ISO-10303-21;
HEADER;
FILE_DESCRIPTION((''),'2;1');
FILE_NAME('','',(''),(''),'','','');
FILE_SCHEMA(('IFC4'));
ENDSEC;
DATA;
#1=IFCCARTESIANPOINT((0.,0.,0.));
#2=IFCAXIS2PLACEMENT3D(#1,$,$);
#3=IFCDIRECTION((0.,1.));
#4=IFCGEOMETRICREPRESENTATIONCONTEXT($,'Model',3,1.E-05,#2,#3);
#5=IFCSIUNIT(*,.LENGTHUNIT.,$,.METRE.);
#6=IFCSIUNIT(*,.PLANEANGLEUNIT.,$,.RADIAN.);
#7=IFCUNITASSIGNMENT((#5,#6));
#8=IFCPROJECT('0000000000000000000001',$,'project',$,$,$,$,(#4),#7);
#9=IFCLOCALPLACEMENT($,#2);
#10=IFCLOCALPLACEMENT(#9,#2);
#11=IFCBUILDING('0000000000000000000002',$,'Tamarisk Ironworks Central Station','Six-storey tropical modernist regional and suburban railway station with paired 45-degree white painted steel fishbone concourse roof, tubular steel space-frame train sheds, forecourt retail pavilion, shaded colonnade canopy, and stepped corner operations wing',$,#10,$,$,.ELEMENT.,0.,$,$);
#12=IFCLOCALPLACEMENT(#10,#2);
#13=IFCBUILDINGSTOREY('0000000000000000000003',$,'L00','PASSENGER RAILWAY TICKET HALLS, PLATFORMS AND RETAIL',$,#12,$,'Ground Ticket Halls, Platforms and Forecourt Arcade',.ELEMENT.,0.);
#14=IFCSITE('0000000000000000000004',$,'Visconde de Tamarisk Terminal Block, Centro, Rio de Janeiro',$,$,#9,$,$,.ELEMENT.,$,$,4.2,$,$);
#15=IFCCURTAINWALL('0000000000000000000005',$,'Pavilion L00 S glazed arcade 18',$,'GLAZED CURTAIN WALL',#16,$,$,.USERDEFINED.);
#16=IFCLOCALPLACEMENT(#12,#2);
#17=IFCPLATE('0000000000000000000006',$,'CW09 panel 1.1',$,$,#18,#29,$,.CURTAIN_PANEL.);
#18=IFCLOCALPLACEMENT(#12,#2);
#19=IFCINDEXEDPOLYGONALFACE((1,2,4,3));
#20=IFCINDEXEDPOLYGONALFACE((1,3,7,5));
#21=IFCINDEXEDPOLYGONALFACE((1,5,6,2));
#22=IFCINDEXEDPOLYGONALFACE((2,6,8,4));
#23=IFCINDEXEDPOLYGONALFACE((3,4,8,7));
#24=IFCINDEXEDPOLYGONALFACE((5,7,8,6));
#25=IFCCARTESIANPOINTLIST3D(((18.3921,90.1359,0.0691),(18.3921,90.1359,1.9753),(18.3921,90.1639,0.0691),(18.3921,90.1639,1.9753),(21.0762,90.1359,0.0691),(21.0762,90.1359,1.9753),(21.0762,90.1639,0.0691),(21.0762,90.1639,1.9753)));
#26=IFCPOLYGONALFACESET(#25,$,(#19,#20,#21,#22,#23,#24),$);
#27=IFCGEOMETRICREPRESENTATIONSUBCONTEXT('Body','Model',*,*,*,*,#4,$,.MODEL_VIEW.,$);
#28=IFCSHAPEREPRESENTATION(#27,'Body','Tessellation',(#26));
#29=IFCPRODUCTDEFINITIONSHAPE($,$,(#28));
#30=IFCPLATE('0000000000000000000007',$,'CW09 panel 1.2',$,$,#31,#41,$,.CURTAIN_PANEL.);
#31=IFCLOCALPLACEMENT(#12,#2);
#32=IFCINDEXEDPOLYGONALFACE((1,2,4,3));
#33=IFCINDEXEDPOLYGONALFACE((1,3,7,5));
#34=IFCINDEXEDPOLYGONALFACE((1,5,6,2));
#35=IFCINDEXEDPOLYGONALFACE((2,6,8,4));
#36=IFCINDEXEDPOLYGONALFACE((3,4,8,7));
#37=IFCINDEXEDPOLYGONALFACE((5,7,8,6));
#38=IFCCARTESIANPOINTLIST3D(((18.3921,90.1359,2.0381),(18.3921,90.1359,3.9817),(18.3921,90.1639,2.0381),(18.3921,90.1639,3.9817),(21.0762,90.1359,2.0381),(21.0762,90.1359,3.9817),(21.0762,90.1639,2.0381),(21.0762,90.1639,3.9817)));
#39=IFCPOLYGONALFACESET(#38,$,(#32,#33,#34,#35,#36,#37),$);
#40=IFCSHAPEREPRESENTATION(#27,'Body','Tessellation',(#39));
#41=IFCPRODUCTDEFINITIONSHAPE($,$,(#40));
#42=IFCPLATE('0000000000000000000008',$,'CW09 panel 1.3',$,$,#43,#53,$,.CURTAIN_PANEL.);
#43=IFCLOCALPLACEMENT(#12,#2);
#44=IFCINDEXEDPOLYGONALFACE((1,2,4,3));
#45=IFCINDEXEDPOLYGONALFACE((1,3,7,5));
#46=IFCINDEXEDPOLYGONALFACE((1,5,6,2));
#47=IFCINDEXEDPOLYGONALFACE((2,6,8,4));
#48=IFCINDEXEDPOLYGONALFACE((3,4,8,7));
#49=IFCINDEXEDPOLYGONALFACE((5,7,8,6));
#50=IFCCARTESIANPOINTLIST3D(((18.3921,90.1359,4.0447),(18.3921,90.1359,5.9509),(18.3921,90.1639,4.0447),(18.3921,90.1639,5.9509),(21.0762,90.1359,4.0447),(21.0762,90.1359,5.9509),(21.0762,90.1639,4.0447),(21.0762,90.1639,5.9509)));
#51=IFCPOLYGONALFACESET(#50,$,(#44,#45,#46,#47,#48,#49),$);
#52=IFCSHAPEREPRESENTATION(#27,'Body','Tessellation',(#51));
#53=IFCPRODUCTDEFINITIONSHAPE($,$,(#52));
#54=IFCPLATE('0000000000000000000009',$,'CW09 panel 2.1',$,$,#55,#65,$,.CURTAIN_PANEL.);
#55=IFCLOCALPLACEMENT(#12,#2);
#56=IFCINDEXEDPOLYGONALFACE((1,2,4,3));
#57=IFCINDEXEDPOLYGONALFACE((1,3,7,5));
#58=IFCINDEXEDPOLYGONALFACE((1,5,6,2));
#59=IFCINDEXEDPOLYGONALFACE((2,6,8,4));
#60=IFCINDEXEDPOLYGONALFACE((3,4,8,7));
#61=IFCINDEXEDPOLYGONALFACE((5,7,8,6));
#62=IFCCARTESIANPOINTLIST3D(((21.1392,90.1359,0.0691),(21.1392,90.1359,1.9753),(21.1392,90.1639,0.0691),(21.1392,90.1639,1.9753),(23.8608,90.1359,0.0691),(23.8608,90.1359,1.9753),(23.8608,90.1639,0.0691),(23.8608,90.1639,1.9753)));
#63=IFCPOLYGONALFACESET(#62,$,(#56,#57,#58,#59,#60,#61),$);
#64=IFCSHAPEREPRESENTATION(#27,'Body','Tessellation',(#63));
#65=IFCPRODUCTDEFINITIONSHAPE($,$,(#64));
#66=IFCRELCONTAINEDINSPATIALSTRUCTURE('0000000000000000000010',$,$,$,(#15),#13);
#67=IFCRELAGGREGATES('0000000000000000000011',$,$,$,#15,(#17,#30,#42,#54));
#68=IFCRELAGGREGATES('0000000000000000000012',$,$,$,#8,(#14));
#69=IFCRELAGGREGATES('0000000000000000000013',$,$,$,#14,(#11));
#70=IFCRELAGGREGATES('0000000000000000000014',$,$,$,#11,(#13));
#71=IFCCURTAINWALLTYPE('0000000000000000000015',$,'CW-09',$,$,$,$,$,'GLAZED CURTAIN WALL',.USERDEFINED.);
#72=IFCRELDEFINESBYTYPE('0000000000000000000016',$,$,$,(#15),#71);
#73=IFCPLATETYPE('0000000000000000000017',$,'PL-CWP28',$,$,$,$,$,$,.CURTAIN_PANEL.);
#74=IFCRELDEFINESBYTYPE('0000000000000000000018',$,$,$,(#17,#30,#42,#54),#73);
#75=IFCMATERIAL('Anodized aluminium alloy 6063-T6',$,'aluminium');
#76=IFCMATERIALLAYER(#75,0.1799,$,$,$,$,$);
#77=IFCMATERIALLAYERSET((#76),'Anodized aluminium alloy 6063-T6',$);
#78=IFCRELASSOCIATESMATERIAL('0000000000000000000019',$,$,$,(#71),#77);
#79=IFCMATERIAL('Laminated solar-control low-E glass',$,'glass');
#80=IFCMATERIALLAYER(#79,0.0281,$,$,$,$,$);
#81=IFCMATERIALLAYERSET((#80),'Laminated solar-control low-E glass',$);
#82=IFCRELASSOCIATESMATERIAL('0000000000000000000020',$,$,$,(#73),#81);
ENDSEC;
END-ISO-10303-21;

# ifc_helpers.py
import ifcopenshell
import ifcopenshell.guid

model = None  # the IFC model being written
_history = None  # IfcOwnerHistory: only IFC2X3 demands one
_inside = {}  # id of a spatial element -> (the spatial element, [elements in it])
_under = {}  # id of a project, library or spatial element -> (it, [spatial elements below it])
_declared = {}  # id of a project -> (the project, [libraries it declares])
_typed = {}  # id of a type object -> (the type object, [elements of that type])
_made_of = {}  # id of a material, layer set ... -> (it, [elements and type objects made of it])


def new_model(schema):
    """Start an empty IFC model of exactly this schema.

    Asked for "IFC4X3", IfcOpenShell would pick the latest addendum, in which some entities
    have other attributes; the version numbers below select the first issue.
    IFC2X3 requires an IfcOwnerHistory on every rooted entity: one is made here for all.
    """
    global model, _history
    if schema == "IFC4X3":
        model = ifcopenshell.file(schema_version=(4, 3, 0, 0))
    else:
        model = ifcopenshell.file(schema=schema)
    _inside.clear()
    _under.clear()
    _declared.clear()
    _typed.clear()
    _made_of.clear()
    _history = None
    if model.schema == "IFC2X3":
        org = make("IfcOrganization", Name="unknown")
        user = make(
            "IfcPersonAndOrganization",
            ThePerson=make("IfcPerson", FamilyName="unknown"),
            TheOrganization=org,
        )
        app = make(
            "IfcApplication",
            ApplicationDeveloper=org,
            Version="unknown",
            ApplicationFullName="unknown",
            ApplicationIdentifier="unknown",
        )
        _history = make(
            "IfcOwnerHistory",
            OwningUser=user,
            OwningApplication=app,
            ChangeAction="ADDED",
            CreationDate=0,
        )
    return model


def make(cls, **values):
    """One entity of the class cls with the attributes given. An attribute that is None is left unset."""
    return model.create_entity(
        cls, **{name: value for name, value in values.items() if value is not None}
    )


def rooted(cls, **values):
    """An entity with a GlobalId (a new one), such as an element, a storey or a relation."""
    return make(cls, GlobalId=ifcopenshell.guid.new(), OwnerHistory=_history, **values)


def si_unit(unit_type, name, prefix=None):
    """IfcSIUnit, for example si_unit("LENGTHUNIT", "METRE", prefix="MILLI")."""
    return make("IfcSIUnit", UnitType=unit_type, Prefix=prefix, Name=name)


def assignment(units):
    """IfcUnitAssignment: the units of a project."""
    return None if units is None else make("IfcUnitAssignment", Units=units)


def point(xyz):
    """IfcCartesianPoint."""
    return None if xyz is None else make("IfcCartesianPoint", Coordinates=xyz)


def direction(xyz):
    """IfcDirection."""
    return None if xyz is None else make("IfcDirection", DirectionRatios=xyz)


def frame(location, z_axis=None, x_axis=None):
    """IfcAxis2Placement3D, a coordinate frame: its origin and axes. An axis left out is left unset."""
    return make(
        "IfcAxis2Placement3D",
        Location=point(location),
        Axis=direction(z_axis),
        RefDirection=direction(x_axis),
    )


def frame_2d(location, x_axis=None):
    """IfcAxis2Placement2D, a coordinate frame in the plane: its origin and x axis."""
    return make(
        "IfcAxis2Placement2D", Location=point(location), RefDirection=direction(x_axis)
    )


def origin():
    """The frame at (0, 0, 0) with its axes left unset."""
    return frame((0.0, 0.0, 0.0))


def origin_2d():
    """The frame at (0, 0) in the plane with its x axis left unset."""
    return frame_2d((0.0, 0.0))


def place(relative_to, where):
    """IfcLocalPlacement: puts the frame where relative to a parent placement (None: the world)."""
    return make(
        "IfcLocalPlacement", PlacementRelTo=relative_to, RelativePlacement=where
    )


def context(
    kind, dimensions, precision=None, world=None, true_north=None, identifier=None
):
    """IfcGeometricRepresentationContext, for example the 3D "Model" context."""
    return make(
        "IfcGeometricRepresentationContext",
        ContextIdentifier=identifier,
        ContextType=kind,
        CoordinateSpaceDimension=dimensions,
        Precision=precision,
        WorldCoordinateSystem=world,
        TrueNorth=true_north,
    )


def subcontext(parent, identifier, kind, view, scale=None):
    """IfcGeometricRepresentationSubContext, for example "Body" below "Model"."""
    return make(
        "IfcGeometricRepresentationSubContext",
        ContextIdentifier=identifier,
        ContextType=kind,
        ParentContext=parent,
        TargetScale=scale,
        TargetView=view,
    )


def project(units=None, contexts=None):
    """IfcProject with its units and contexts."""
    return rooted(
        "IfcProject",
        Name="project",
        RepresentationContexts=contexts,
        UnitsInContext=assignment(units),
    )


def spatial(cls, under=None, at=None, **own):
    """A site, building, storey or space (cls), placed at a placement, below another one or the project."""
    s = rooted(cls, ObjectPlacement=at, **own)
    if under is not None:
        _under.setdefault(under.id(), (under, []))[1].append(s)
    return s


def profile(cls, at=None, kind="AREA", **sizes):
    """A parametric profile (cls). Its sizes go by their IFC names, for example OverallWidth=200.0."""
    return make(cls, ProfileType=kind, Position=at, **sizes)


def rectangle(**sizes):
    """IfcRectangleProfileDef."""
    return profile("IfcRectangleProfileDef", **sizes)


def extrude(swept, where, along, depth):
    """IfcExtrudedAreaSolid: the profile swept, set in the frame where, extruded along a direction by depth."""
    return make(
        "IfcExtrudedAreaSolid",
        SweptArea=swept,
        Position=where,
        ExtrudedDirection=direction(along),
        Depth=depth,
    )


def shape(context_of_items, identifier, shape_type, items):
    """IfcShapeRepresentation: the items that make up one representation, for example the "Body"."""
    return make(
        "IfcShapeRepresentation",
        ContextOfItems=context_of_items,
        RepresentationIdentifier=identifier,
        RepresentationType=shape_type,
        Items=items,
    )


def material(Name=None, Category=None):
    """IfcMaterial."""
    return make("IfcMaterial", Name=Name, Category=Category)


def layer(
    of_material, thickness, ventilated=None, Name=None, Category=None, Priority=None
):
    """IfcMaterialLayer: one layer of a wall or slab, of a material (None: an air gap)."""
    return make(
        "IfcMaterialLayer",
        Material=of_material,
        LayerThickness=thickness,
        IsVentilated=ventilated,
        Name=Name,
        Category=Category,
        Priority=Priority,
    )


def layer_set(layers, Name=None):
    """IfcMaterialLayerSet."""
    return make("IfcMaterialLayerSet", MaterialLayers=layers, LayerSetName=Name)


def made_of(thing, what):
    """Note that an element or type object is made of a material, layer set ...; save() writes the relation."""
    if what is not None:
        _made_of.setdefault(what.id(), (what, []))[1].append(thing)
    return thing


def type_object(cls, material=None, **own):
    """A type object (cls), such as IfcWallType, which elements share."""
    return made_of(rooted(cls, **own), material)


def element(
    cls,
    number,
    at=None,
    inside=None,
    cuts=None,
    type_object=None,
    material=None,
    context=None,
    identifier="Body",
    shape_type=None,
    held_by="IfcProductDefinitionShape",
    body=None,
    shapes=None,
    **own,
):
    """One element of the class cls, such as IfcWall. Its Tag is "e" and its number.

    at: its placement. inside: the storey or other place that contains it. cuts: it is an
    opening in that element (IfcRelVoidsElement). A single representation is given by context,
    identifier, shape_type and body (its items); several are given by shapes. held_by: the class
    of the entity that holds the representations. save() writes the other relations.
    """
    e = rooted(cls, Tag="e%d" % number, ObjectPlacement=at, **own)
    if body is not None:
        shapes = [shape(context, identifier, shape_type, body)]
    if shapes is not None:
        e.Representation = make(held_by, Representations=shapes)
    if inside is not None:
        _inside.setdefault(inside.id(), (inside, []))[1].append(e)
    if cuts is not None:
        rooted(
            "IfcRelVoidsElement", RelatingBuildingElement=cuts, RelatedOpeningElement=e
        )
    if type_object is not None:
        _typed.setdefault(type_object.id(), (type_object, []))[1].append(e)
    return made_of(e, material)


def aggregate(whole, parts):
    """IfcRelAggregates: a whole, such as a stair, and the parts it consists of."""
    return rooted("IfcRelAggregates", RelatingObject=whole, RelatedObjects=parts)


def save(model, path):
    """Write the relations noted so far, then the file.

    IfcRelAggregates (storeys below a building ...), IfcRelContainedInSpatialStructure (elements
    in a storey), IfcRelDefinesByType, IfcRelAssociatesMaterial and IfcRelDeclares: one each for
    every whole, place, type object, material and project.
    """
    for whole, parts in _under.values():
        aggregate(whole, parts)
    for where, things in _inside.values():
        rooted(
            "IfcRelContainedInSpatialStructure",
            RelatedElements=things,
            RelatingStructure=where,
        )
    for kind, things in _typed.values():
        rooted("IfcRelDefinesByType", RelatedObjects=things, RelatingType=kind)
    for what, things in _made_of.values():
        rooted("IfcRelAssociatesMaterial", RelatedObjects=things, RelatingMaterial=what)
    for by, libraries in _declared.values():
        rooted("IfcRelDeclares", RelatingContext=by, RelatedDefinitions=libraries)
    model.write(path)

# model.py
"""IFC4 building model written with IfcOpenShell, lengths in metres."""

from ifc_helpers import new_model, si_unit, direction, frame, origin, origin_2d, place, context, subcontext, project, spatial, rectangle, extrude, material, layer, layer_set, type_object, element, aggregate, save


model = new_model("IFC4")

# Units and contexts
model_context = context("Model", 3, precision=1e-05, world=origin(), true_north=direction((0.0, 1.0)))
body_context = subcontext(model_context, "Body", "Model", "MODEL_VIEW")
ifc_project = project(units=[si_unit("LENGTHUNIT", "METRE"), si_unit("PLANEANGLEUNIT", "RADIAN")], contexts=[model_context])

# Site, building, storey
site_placement = place(None, origin())
site = spatial("IfcSite", under=ifc_project, at=site_placement, Name="Visconde de Tamarisk Terminal Block, Centro, Rio de Janeiro", CompositionType="ELEMENT", RefElevation=4.2)
building_placement = place(site_placement, origin())
building = spatial("IfcBuilding", under=site, at=building_placement, Name="Tamarisk Ironworks Central Station", Description="Six-storey tropical modernist regional and suburban railway station with paired 45-degree white painted steel fishbone concourse roof, tubular steel space-frame train sheds, forecourt retail pavilion, shaded colonnade canopy, and stepped corner operations wing", CompositionType="ELEMENT", ElevationOfRefHeight=0.0)
storey_placement = place(building_placement, origin())
storey = spatial("IfcBuildingStorey", under=building, at=storey_placement, Name="L00", Description="PASSENGER RAILWAY TICKET HALLS, PLATFORMS AND RETAIL", LongName="Ground Ticket Halls, Platforms and Forecourt Arcade", CompositionType="ELEMENT", Elevation=0.0)

# Shared definitions
ifc_material_1 = material(Name="Anodized aluminium alloy 6063-T6", Category="aluminium")
ifc_layer_1 = layer(ifc_material_1, 0.1799)
ifc_layer_set_1 = layer_set([ifc_layer_1], Name="Anodized aluminium alloy 6063-T6")
curtain_wall_type = type_object("IfcCurtainWallType", Name="CW-09", ElementType="GLAZED CURTAIN WALL", PredefinedType="USERDEFINED", material=ifc_layer_set_1)

# Curtain wall, plates
curtain_wall_1_placement = place(storey_placement, origin())
curtain_wall_1 = element("IfcCurtainWall", 1, at=curtain_wall_1_placement, inside=storey, type_object=curtain_wall_type, Name="Pavilion L00 S glazed arcade 18", ObjectType="GLAZED CURTAIN WALL", PredefinedType="USERDEFINED")
ifc_material_2 = material(Name="Laminated solar-control low-E glass", Category="glass")
ifc_layer_2 = layer(ifc_material_2, 0.0281)
ifc_layer_set_2 = layer_set([ifc_layer_2], Name="Laminated solar-control low-E glass")
plate_type = type_object("IfcPlateType", Name="PL-CWP28", PredefinedType="CURTAIN_PANEL", material=ifc_layer_set_2)
plate_1_placement = place(storey_placement, frame((19.7341, 90.1499, 0.0691), z_axis=(0.0, 0.0, 1.0), x_axis=(1.0, 0.0, 0.0)))
plate_1 = element("IfcPlate", 2, at=plate_1_placement, type_object=plate_type, Name="CW09 panel 1.1", PredefinedType="CURTAIN_PANEL", context=body_context, shape_type="SweptSolid", body=[
    extrude(rectangle(XDim=2.6841, YDim=0.0281, at=origin_2d()), origin(), (0.0, 0.0, 1.0), 1.9062),
])
plate_2_placement = place(storey_placement, frame((19.7341, 90.1499, 2.0381), z_axis=(0.0, 0.0, 1.0), x_axis=(1.0, 0.0, 0.0)))
plate_2 = element("IfcPlate", 3, at=plate_2_placement, type_object=plate_type, Name="CW09 panel 1.2", PredefinedType="CURTAIN_PANEL", context=body_context, shape_type="SweptSolid", body=[
    extrude(rectangle(XDim=2.6841, YDim=0.0281, at=origin_2d()), origin(), (0.0, 0.0, 1.0), 1.9436),
])
plate_3_placement = place(storey_placement, frame((19.7341, 90.1499, 4.0447), z_axis=(0.0, 0.0, 1.0), x_axis=(1.0, 0.0, 0.0)))
plate_3 = element("IfcPlate", 4, at=plate_3_placement, type_object=plate_type, Name="CW09 panel 1.3", PredefinedType="CURTAIN_PANEL", context=body_context, shape_type="SweptSolid", body=[
    extrude(rectangle(XDim=2.6841, YDim=0.0281, at=origin_2d()), origin(), (0.0, 0.0, 1.0), 1.9062),
])
plate_4_placement = place(storey_placement, frame((22.5, 90.1499, 0.0691), z_axis=(0.0, 0.0, 1.0), x_axis=(1.0, 0.0, 0.0)))
plate_4 = element("IfcPlate", 5, at=plate_4_placement, type_object=plate_type, Name="CW09 panel 2.1", PredefinedType="CURTAIN_PANEL", context=body_context, shape_type="SweptSolid", body=[
    extrude(rectangle(XDim=2.7217, YDim=0.0281, at=origin_2d()), origin(), (0.0, 0.0, 1.0), 1.9062),
])
aggregate(curtain_wall_1, [plate_1, plate_2, plate_3, plate_4])

save(model, "model.ifc")
